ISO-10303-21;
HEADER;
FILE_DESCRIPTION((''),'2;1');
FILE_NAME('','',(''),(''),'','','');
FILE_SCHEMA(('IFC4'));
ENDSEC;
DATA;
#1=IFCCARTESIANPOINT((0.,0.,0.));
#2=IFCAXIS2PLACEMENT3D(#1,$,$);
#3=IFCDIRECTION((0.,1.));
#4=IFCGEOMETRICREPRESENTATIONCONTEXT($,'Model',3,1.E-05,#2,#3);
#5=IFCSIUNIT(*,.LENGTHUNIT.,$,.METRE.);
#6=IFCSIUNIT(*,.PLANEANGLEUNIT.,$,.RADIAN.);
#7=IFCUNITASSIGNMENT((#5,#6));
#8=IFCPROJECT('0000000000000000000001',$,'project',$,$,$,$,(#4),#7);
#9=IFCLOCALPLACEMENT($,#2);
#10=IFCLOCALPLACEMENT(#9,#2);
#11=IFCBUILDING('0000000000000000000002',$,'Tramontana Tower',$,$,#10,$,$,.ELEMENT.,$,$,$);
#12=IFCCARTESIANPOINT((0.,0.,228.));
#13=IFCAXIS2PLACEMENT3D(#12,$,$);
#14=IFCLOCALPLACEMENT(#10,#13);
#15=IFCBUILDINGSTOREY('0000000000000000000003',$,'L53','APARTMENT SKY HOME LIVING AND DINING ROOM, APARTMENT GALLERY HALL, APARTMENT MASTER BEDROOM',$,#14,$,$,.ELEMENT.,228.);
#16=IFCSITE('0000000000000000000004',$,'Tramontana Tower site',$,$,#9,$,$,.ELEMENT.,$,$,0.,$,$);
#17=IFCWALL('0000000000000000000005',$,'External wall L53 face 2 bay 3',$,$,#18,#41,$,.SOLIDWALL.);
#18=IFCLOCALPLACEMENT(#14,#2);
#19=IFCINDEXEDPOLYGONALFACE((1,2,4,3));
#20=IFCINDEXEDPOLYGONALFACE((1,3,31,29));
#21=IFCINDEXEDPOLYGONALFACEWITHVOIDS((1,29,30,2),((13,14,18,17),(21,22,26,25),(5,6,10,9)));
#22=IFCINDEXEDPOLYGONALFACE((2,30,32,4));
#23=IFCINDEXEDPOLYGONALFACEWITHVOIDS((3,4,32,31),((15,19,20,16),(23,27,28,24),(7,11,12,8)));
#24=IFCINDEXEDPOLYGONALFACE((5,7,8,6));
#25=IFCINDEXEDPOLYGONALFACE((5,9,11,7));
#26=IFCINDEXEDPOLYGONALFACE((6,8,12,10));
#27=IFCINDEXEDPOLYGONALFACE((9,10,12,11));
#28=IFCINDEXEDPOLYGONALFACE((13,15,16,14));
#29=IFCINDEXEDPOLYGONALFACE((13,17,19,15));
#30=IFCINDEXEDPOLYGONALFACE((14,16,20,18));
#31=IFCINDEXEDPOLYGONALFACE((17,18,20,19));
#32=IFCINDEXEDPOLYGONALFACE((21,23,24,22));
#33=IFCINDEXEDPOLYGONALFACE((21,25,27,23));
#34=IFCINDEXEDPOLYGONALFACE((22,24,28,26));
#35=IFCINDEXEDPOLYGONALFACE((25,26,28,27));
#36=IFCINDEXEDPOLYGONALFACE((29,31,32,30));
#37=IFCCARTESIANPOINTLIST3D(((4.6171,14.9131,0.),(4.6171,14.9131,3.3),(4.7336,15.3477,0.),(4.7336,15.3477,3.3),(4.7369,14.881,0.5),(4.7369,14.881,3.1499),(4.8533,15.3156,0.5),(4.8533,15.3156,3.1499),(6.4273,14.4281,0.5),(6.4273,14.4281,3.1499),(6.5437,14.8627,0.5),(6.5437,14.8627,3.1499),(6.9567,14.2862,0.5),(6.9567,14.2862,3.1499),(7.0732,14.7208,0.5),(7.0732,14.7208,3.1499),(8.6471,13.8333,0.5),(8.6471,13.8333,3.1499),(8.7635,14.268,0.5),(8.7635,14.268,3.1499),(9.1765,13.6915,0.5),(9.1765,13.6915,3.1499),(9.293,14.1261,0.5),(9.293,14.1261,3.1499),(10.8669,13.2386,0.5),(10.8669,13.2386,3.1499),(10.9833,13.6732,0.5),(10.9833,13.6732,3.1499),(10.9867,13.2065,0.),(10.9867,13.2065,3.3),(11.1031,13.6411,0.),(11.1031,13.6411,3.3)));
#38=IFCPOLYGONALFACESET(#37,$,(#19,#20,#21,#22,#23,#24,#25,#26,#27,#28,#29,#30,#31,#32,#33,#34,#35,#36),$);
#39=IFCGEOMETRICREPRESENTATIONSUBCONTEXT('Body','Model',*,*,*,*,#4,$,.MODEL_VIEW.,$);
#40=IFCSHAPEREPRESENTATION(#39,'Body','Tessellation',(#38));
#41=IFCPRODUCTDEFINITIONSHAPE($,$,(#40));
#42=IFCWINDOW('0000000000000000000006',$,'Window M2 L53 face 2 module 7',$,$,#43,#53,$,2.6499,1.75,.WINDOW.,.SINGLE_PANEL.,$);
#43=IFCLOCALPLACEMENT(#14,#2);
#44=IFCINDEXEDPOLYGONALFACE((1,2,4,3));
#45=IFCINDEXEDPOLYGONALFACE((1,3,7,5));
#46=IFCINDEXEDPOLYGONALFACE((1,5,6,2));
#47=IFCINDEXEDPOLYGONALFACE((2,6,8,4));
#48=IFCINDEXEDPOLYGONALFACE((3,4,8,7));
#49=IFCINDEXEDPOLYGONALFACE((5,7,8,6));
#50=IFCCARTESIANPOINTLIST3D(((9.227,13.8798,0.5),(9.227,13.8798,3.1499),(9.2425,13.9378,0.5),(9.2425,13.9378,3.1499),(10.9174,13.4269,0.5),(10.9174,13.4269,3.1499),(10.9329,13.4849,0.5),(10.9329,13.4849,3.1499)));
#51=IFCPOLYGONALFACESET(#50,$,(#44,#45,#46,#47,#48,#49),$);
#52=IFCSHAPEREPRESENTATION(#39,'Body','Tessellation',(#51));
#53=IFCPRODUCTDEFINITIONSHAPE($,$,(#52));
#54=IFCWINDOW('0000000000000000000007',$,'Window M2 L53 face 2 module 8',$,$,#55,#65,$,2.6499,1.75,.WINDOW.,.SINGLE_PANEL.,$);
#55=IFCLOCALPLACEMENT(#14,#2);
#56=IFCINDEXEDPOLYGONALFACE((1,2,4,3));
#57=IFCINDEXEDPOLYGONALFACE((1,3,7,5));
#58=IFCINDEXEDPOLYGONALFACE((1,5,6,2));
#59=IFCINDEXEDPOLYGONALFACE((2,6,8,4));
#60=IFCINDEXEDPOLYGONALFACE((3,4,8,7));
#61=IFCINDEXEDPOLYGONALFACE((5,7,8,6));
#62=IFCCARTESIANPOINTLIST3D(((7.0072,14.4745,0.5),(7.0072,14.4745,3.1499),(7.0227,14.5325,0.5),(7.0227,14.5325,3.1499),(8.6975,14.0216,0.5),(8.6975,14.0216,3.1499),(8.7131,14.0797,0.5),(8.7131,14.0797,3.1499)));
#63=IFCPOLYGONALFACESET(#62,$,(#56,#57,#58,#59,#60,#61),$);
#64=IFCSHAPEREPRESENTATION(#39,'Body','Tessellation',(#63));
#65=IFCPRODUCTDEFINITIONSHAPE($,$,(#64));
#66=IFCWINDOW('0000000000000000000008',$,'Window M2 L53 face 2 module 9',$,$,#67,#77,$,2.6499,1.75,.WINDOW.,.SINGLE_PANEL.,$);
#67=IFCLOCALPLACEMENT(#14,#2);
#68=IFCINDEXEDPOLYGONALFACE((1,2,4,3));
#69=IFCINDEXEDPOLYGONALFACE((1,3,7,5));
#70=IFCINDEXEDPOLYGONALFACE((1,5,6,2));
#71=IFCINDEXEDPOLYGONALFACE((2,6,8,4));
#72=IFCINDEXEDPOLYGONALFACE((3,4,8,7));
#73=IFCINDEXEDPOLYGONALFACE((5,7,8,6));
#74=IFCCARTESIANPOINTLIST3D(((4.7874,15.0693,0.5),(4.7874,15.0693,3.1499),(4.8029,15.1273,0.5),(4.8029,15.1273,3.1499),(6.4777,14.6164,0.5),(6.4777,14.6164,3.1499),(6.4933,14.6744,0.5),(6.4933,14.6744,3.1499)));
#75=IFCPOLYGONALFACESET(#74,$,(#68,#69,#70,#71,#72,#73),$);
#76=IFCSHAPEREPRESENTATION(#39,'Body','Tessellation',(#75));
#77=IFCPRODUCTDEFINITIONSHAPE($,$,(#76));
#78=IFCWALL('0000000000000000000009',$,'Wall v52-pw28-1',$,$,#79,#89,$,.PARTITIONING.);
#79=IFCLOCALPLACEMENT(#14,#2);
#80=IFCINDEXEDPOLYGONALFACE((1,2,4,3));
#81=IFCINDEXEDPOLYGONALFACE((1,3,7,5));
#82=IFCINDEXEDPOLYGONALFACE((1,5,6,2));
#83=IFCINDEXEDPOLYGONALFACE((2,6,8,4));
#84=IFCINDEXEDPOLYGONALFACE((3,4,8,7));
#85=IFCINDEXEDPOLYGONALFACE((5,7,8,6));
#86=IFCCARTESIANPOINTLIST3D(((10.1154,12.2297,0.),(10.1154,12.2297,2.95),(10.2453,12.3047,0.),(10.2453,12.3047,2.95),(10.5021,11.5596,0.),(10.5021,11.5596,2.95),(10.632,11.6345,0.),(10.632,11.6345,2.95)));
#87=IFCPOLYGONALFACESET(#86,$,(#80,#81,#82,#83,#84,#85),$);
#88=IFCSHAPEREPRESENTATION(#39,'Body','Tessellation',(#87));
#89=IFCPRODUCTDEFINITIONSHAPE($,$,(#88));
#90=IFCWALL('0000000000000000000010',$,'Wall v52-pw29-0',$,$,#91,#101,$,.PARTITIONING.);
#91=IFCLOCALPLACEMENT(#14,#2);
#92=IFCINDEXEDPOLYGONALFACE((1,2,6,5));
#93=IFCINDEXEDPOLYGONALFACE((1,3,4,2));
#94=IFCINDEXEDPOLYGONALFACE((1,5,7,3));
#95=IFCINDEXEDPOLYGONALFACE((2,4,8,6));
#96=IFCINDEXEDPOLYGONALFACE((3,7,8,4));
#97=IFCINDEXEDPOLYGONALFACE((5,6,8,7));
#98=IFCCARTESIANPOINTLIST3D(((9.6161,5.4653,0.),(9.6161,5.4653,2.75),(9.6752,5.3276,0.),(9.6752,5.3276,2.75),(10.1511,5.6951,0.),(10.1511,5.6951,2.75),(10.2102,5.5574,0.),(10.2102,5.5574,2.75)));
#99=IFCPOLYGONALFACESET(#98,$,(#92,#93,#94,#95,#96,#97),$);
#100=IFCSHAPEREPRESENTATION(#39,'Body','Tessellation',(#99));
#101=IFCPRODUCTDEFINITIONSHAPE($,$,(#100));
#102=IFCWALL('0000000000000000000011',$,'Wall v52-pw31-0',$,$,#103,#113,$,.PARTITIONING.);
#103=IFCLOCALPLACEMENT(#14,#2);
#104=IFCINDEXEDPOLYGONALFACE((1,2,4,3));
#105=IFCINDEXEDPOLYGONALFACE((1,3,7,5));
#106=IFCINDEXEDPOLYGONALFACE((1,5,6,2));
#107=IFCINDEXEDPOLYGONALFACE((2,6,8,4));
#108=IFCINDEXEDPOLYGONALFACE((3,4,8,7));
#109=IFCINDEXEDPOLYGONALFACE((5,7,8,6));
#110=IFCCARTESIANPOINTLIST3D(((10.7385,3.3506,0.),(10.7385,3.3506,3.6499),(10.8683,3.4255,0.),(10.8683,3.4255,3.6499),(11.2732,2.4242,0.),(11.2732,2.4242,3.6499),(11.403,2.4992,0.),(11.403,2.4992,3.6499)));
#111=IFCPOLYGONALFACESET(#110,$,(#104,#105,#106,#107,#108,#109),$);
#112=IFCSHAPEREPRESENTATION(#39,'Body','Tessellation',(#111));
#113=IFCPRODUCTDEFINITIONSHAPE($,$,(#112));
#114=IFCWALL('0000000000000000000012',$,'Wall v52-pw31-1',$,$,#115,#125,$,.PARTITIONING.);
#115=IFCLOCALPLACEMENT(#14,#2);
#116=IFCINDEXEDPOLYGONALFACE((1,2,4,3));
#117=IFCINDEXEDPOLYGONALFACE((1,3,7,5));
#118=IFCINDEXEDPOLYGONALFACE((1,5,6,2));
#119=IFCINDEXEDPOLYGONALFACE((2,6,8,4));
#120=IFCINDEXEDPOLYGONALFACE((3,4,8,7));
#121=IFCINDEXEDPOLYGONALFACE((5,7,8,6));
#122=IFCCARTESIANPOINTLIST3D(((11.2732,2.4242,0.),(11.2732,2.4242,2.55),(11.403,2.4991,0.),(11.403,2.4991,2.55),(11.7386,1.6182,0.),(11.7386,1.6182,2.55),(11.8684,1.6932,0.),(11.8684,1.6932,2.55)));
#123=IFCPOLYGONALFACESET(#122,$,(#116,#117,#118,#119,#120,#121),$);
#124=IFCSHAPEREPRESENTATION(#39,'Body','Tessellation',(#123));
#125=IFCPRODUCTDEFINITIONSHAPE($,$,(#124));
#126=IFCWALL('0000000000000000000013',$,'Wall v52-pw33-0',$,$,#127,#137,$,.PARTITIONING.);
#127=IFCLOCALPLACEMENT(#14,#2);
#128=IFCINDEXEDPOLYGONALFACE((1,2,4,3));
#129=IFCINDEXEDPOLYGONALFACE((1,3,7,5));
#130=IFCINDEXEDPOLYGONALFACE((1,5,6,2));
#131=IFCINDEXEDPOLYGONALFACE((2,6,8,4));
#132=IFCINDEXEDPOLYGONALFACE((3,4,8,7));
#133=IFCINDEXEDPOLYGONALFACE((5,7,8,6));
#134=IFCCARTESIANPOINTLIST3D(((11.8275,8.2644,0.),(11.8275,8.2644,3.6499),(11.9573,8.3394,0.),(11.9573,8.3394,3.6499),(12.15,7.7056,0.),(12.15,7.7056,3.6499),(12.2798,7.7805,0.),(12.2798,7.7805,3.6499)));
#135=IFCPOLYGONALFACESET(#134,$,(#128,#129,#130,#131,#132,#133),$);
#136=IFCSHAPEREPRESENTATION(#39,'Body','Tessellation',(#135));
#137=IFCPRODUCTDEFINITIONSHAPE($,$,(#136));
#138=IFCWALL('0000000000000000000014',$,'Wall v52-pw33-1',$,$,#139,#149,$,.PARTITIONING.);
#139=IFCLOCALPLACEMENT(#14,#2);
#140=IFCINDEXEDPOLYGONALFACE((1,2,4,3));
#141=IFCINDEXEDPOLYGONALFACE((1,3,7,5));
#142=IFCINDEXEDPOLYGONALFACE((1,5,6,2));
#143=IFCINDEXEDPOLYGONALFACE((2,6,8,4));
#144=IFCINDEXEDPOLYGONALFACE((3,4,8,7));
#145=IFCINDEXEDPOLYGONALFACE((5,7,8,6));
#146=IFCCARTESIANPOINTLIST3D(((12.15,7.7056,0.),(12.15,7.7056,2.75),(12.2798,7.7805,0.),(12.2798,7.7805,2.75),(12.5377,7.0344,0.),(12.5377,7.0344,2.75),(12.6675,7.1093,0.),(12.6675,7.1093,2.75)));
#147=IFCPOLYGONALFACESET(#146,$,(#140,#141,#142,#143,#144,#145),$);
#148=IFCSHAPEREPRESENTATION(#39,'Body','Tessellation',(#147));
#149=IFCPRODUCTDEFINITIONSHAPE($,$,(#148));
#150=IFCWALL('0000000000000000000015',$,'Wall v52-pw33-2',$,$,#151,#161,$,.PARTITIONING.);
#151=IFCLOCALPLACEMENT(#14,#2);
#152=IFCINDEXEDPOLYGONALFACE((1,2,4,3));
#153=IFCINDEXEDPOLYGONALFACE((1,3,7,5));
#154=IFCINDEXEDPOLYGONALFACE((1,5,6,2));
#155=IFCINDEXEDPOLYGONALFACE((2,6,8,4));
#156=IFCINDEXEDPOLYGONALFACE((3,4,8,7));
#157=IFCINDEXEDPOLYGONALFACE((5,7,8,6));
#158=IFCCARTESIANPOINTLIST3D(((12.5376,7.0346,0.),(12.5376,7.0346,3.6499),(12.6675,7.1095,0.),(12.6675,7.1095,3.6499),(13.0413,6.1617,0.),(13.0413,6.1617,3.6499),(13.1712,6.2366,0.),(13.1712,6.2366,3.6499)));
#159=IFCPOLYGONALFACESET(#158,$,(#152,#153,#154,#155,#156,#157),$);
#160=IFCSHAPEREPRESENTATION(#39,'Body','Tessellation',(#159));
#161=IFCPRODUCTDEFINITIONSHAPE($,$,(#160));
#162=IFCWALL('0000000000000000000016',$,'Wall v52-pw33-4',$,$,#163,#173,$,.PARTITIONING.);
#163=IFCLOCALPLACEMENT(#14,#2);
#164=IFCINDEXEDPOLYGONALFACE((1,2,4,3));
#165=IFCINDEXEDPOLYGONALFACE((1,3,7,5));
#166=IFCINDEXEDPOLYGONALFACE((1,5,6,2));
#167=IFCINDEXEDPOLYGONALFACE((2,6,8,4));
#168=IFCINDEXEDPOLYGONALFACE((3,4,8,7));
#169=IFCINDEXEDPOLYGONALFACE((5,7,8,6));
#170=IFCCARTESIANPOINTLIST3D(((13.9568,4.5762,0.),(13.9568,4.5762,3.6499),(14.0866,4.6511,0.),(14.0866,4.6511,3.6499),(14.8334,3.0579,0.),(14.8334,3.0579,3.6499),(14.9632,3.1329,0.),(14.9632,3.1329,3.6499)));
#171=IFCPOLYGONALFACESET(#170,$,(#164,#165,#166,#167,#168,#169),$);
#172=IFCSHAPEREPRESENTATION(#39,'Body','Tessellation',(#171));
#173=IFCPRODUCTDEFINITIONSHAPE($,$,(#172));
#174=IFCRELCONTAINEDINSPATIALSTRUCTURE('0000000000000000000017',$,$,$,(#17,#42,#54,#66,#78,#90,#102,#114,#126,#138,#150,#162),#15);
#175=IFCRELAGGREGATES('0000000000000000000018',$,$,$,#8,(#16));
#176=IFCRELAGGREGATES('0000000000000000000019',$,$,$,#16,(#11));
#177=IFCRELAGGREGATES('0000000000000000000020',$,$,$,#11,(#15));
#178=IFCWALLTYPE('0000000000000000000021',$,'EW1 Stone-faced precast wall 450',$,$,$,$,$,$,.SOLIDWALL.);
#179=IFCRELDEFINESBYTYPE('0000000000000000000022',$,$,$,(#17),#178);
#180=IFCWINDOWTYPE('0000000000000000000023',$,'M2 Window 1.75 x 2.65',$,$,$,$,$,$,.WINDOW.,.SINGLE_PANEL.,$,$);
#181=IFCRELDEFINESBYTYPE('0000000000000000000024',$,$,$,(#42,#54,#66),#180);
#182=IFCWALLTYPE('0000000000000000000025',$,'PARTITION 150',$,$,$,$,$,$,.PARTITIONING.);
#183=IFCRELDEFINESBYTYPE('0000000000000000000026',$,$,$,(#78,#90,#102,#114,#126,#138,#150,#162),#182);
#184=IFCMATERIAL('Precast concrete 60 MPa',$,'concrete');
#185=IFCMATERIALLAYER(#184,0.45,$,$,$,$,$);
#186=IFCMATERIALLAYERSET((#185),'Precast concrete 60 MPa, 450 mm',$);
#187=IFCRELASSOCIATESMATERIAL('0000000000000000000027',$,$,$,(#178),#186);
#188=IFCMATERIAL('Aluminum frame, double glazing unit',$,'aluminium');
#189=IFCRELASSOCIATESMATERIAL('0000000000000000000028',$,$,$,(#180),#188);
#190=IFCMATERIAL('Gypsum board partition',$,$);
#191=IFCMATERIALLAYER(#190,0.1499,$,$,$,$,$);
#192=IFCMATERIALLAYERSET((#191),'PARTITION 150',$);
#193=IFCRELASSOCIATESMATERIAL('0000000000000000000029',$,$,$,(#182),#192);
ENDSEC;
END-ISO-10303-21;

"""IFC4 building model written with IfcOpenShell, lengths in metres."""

from ifc_helpers import new_model, si_unit, direction, frame, frame_2d, origin, place, context, subcontext, project, spatial, rectangle, extrude, material, layer, layer_set, type_object, element, fill, save


model = new_model("IFC4")

# Units and contexts
model_context = context("Model", 3, precision=1e-05, world=origin(), true_north=direction((0.0, 1.0)))
body_context = subcontext(model_context, "Body", "Model", "MODEL_VIEW")
ifc_project = project(units=[si_unit("LENGTHUNIT", "METRE"), si_unit("PLANEANGLEUNIT", "RADIAN")], contexts=[model_context])

# Site, building, storey
site_placement = place(None, origin())
site = spatial("IfcSite", under=ifc_project, at=site_placement, Name="Tramontana Tower site", CompositionType="ELEMENT", RefElevation=0.0)
building_placement = place(site_placement, origin())
building = spatial("IfcBuilding", under=site, at=building_placement, Name="Tramontana Tower", CompositionType="ELEMENT")
storey_placement = place(building_placement, frame((0.0, 0.0, 228.0)))
storey = spatial("IfcBuildingStorey", under=building, at=storey_placement, Name="L53", Description="APARTMENT SKY HOME LIVING AND DINING ROOM, APARTMENT GALLERY HALL, APARTMENT MASTER BEDROOM", CompositionType="ELEMENT", Elevation=228.0)

# Wall, openings, windows
ifc_material_1 = material(Name="Precast concrete 60 MPa", Category="concrete")
ifc_layer_1 = layer(ifc_material_1, 0.45)
ifc_layer_set_1 = layer_set([ifc_layer_1], Name="Precast concrete 60 MPa, 450 mm")
wall_type_1 = type_object("IfcWallType", Name="EW1 Stone-faced precast wall 450", PredefinedType="SOLIDWALL", material=ifc_layer_set_1)
ifc_material_2 = material(Name="Aluminum frame, double glazing unit", Category="aluminium")
window_type_1 = type_object("IfcWindowType", Name="M2 Window 1.75 x 2.65", PartitioningType="SINGLE_PANEL", PredefinedType="WINDOW", material=ifc_material_2)
wall_1_placement = place(storey_placement, frame((11.0449, 13.4238, 0.0), z_axis=(0.0, 0.0, 1.0), x_axis=(-0.965933, 0.258792, 0.0)))
wall_1 = element("IfcWall", 1, at=wall_1_placement, inside=storey, type_object=wall_type_1, Name="External wall L53 face 2 bay 3", PredefinedType="SOLIDWALL", context=body_context, shape_type="SweptSolid", body=[
    extrude(rectangle(XDim=6.5942, YDim=0.45, at=frame_2d((3.2971, 0.0))), origin(), (0.0, 0.0, 1.0), 3.3),
])
opening_1_placement = place(wall_1_placement, frame((0.124, 0.0, 0.5)))
opening_1 = element("IfcOpeningElement", 2, at=opening_1_placement, cuts=wall_1, PredefinedType="OPENING", context=body_context, shape_type="SweptSolid", body=[
    extrude(rectangle(XDim=1.75, YDim=2.6499, at=frame_2d((0.875, 1.325))), frame((0.0, 0.2349, 0.0), z_axis=(0.0, -1.0, 0.0), x_axis=(1.0, 0.0, 0.0)), (0.0, 0.0, 1.0), 0.47),
])
opening_2_placement = place(wall_1_placement, frame((2.4221, 0.0, 0.5)))
opening_2 = element("IfcOpeningElement", 3, at=opening_2_placement, cuts=wall_1, PredefinedType="OPENING", context=body_context, shape_type="SweptSolid", body=[
    extrude(rectangle(XDim=1.75, YDim=2.6499, at=frame_2d((0.875, 1.325))), frame((0.0, 0.2349, 0.0), z_axis=(0.0, -1.0, 0.0), x_axis=(1.0, 0.0, 0.0)), (0.0, 0.0, 1.0), 0.47),
])
opening_3_placement = place(wall_1_placement, frame((4.7202, 0.0, 0.5)))
opening_3 = element("IfcOpeningElement", 4, at=opening_3_placement, cuts=wall_1, PredefinedType="OPENING", context=body_context, shape_type="SweptSolid", body=[
    extrude(rectangle(XDim=1.75, YDim=2.6499, at=frame_2d((0.875, 1.325))), frame((0.0, 0.2349, 0.0), z_axis=(0.0, -1.0, 0.0), x_axis=(1.0, 0.0, 0.0)), (0.0, 0.0, 1.0), 0.47),
])
window_1_placement = place(opening_1_placement, origin())
window_1 = element("IfcWindow", 5, at=window_1_placement, inside=storey, type_object=window_type_1, Name="Window M2 L53 face 2 module 7", OverallHeight=2.6499, OverallWidth=1.75, PartitioningType="SINGLE_PANEL", PredefinedType="WINDOW", context=body_context, shape_type="SweptSolid", body=[
    extrude(rectangle(XDim=1.75, YDim=2.6499, at=frame_2d((0.875, 1.325))), frame((0.0, 0.03, 0.0), z_axis=(0.0, -1.0, 0.0), x_axis=(1.0, 0.0, 0.0)), (0.0, 0.0, 1.0), 0.0601),
])
fill(opening_1, window_1)
window_2_placement = place(opening_2_placement, origin())
window_2 = element("IfcWindow", 6, at=window_2_placement, inside=storey, type_object=window_type_1, Name="Window M2 L53 face 2 module 8", OverallHeight=2.6499, OverallWidth=1.75, PartitioningType="SINGLE_PANEL", PredefinedType="WINDOW", context=body_context, shape_type="SweptSolid", body=[
    extrude(rectangle(XDim=1.75, YDim=2.6499, at=frame_2d((0.875, 1.325))), frame((0.0, 0.03, 0.0), z_axis=(0.0, -1.0, 0.0), x_axis=(1.0, 0.0, 0.0)), (0.0, 0.0, 1.0), 0.0601),
])
fill(opening_2, window_2)
window_3_placement = place(opening_3_placement, origin())
window_3 = element("IfcWindow", 7, at=window_3_placement, inside=storey, type_object=window_type_1, Name="Window M2 L53 face 2 module 9", OverallHeight=2.6499, OverallWidth=1.75, PartitioningType="SINGLE_PANEL", PredefinedType="WINDOW", context=body_context, shape_type="SweptSolid", body=[
    extrude(rectangle(XDim=1.75, YDim=2.6499, at=frame_2d((0.875, 1.325))), frame((0.0, 0.03, 0.0), z_axis=(0.0, -1.0, 0.0), x_axis=(1.0, 0.0, 0.0)), (0.0, 0.0, 1.0), 0.0601),
])
fill(opening_3, window_3)

# Walls
ifc_material_3 = material(Name="Gypsum board partition")
ifc_layer_2 = layer(ifc_material_3, 0.1499)
ifc_layer_set_2 = layer_set([ifc_layer_2], Name="PARTITION 150")
wall_type_2 = type_object("IfcWallType", Name="PARTITION 150", PredefinedType="PARTITIONING", material=ifc_layer_set_2)
wall_2_placement = place(storey_placement, frame((10.1804, 12.2671, 0.0), z_axis=(0.0, 0.0, 1.0), x_axis=(0.499804, -0.866138, 0.0)))
element("IfcWall", 8, at=wall_2_placement, inside=storey, type_object=wall_type_2, Name="Wall v52-pw28-1", PredefinedType="PARTITIONING", context=body_context, shape_type="SweptSolid", body=[
    extrude(rectangle(XDim=0.7737, YDim=0.1499, at=frame_2d((0.3867, 0.0))), origin(), (0.0, 0.0, 1.0), 2.95),
])
wall_3_placement = place(storey_placement, frame((9.6458, 5.3965, 0.0), z_axis=(0.0, 0.0, 1.0), x_axis=(0.918841, 0.394628, 0.0)))
element("IfcWall", 9, at=wall_3_placement, inside=storey, type_object=wall_type_2, Name="Wall v52-pw29-0", PredefinedType="PARTITIONING", context=body_context, shape_type="SweptSolid", body=[
    extrude(rectangle(XDim=0.5823, YDim=0.1499, at=frame_2d((0.291, 0.0))), origin(), (0.0, 0.0, 1.0), 2.75),
])

# Walls
wall_4_placement = place(storey_placement, frame((10.8035, 3.3879, 0.0), z_axis=(0.0, 0.0, 1.0), x_axis=(0.49992, -0.866072, 0.0)))
element("IfcWall", 10, at=wall_4_placement, inside=storey, type_object=wall_type_2, Name="Wall v52-pw31-0", PredefinedType="PARTITIONING", context=body_context, shape_type="SweptSolid", body=[
    extrude(rectangle(XDim=1.0696, YDim=0.1499, at=frame_2d((0.5347, 0.0))), origin(), (0.0, 0.0, 1.0), 3.6499),
])
wall_5_placement = place(storey_placement, frame((11.3381, 2.4617, 0.0), z_axis=(0.0, 0.0, 1.0), x_axis=(0.500033, -0.866006, 0.0)))
element("IfcWall", 11, at=wall_5_placement, inside=storey, type_object=wall_type_2, Name="Wall v52-pw31-1", PredefinedType="PARTITIONING", context=body_context, shape_type="SweptSolid", body=[
    extrude(rectangle(XDim=0.9307, YDim=0.1499, at=frame_2d((0.4653, 0.0))), origin(), (0.0, 0.0, 1.0), 2.55),
])
wall_6_placement = place(storey_placement, frame((11.8923, 8.302, 0.0), z_axis=(0.0, 0.0, 1.0), x_axis=(0.499843, -0.866116, 0.0)))
element("IfcWall", 12, at=wall_6_placement, inside=storey, type_object=wall_type_2, Name="Wall v52-pw33-0", PredefinedType="PARTITIONING", context=body_context, shape_type="SweptSolid", body=[
    extrude(rectangle(XDim=0.6453, YDim=0.1499, at=frame_2d((0.3228, 0.0))), origin(), (0.0, 0.0, 1.0), 3.6499),
])
wall_7_placement = place(storey_placement, frame((12.2148, 7.7432, 0.0), z_axis=(0.0, 0.0, 1.0), x_axis=(0.500204, -0.865908, 0.0)))
element("IfcWall", 13, at=wall_7_placement, inside=storey, type_object=wall_type_2, Name="Wall v52-pw33-1", PredefinedType="PARTITIONING", context=body_context, shape_type="SweptSolid", body=[
    extrude(rectangle(XDim=0.7751, YDim=0.1499, at=frame_2d((0.3877, 0.0))), origin(), (0.0, 0.0, 1.0), 2.75),
])
wall_8_placement = place(storey_placement, frame((12.6025, 7.072, 0.0), z_axis=(0.0, 0.0, 1.0), x_axis=(0.499813, -0.866133, 0.0)))
element("IfcWall", 14, at=wall_8_placement, inside=storey, type_object=wall_type_2, Name="Wall v52-pw33-2", PredefinedType="PARTITIONING", context=body_context, shape_type="SweptSolid", body=[
    extrude(rectangle(XDim=1.0078, YDim=0.1499, at=frame_2d((0.5039, 0.0))), origin(), (0.0, 0.0, 1.0), 3.6499),
])

# Wall
wall_9_placement = place(storey_placement, frame((14.0217, 4.6135, 0.0), z_axis=(0.0, 0.0, 1.0), x_axis=(0.500048, -0.865998, 0.0)))
element("IfcWall", 15, at=wall_9_placement, inside=storey, type_object=wall_type_2, Name="Wall v52-pw33-4", PredefinedType="PARTITIONING", context=body_context, shape_type="SweptSolid", body=[
    extrude(rectangle(XDim=1.7532, YDim=0.1499, at=frame_2d((0.8765, 0.0))), origin(), (0.0, 0.0, 1.0), 3.6499),
])

save(model, "model.ifc")
